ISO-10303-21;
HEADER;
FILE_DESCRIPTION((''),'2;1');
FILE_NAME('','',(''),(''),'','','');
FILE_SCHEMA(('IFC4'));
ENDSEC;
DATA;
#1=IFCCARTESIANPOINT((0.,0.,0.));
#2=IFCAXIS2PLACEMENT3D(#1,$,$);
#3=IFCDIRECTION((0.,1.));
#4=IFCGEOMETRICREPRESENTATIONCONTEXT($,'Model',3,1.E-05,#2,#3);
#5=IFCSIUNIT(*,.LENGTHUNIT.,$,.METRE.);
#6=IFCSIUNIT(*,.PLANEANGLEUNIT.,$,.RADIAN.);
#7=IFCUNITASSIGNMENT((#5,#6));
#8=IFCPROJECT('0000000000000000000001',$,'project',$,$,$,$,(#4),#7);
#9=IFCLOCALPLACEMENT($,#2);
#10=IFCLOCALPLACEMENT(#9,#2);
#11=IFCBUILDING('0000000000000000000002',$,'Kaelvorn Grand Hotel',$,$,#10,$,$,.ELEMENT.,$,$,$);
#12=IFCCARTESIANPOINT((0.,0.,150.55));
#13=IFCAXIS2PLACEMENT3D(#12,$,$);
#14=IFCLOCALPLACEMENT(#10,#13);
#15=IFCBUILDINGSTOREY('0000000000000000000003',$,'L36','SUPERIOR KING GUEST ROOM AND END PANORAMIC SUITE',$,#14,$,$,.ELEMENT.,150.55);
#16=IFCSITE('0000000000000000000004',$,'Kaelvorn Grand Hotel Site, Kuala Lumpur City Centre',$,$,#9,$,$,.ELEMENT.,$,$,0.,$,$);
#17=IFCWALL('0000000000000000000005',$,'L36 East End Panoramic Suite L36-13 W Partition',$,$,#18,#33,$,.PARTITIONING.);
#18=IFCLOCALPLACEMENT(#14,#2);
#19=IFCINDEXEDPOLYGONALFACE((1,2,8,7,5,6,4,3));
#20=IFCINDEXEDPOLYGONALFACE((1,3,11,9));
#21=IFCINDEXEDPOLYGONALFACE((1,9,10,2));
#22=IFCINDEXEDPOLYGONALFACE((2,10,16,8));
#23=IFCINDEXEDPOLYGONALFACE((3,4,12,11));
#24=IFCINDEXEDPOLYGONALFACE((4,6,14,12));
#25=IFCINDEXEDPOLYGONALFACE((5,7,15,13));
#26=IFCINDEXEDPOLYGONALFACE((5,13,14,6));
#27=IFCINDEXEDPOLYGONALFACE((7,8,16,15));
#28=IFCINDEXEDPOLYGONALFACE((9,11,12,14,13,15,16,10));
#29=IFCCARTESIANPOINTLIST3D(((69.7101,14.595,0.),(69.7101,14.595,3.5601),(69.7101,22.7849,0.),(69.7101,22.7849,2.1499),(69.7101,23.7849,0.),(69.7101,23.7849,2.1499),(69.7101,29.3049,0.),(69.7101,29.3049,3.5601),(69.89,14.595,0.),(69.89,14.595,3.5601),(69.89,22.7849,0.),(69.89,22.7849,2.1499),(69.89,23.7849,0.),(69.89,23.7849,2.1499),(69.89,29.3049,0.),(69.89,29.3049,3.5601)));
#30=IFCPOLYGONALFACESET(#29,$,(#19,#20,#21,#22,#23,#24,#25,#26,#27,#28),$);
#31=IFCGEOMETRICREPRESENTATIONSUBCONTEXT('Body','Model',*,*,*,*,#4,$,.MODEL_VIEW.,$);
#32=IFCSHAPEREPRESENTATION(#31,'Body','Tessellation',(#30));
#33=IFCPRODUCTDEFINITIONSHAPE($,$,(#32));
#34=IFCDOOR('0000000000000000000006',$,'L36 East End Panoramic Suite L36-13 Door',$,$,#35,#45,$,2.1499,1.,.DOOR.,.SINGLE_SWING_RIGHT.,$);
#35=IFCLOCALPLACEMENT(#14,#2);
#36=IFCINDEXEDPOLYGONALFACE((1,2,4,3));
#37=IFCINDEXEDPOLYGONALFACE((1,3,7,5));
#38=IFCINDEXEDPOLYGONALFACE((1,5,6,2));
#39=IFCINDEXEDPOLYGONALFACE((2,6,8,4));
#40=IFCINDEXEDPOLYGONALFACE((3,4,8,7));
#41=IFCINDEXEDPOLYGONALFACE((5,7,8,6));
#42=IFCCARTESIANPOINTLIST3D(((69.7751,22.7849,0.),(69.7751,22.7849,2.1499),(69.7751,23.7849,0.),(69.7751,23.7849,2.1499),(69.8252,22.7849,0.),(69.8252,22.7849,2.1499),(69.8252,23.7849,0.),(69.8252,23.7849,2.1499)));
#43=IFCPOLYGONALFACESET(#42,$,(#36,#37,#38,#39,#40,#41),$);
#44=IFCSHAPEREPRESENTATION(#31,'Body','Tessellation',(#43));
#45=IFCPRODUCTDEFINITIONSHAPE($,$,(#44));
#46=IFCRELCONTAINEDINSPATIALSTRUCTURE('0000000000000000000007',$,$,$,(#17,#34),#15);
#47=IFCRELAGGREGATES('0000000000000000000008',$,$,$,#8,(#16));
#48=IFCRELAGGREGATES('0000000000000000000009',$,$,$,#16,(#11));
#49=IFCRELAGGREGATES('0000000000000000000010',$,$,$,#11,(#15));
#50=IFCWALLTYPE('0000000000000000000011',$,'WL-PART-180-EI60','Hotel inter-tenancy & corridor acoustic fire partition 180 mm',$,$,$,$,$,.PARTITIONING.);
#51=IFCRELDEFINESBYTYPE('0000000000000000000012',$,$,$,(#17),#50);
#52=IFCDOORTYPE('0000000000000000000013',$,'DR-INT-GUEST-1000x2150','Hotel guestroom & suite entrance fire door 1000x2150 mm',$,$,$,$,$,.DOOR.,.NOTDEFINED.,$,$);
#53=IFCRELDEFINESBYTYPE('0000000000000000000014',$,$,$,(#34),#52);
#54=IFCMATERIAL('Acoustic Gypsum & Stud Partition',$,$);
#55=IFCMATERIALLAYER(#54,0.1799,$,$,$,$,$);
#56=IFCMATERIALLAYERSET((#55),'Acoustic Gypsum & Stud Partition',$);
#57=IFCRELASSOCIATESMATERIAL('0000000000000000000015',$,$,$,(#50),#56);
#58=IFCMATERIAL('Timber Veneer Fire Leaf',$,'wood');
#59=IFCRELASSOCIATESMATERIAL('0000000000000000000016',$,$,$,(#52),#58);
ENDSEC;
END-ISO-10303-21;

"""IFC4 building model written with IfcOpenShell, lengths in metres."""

from ifc_helpers import new_model, si_unit, direction, frame, frame_2d, origin, place, context, subcontext, project, spatial, rectangle, extrude, material, layer, layer_set, type_object, element, fill, save


model = new_model("IFC4")

# Units and contexts
model_context = context("Model", 3, precision=1e-05, world=origin(), true_north=direction((0.0, 1.0)))
body_context = subcontext(model_context, "Body", "Model", "MODEL_VIEW")
ifc_project = project(units=[si_unit("LENGTHUNIT", "METRE"), si_unit("PLANEANGLEUNIT", "RADIAN")], contexts=[model_context])

# Site, building, storey
site_placement = place(None, origin())
site = spatial("IfcSite", under=ifc_project, at=site_placement, Name="Kaelvorn Grand Hotel Site, Kuala Lumpur City Centre", CompositionType="ELEMENT", RefElevation=0.0)
building_placement = place(site_placement, origin())
building = spatial("IfcBuilding", under=site, at=building_placement, Name="Kaelvorn Grand Hotel", CompositionType="ELEMENT")
storey_placement = place(building_placement, frame((0.0, 0.0, 150.55)))
storey = spatial("IfcBuildingStorey", under=building, at=storey_placement, Name="L36", Description="SUPERIOR KING GUEST ROOM AND END PANORAMIC SUITE", CompositionType="ELEMENT", Elevation=150.55)

# Shared definitions
ifc_material_1 = material(Name="Acoustic Gypsum & Stud Partition")
ifc_layer_1 = layer(ifc_material_1, 0.1799)
ifc_layer_set_1 = layer_set([ifc_layer_1], Name="Acoustic Gypsum & Stud Partition")
wall_type_1 = type_object("IfcWallType", Name="WL-PART-180-EI60", Description="Hotel inter-tenancy & corridor acoustic fire partition 180 mm", PredefinedType="PARTITIONING", material=ifc_layer_set_1)

# Wall, opening, door
wall_1_placement = place(storey_placement, frame((69.8, 14.595, 0.0), z_axis=(0.0, 0.0, 1.0), x_axis=(0.0, 1.0, 0.0)))
wall_1 = element("IfcWall", 1, at=wall_1_placement, inside=storey, type_object=wall_type_1, Name="L36 East End Panoramic Suite L36-13 W Partition", PredefinedType="PARTITIONING", context=body_context, shape_type="SweptSolid", body=[
    extrude(rectangle(XDim=14.71, YDim=0.1799, at=frame_2d((7.355, 0.0))), origin(), (0.0, 0.0, 1.0), 3.5601),
])
opening_1_placement = place(wall_1_placement, frame((8.1899, 0.0, 0.0)))
opening_1 = element("IfcOpeningElement", 2, at=opening_1_placement, cuts=wall_1, PredefinedType="OPENING", context=body_context, shape_type="SweptSolid", body=[
    extrude(rectangle(XDim=1.0, YDim=2.1499, at=frame_2d((0.5, 1.075))), frame((0.0, 0.1001, 0.0), z_axis=(0.0, -1.0, 0.0), x_axis=(1.0, 0.0, 0.0)), (0.0, 0.0, 1.0), 0.2),
])
ifc_material_2 = material(Name="Timber Veneer Fire Leaf", Category="wood")
door_type_1 = type_object("IfcDoorType", Name="DR-INT-GUEST-1000x2150", Description="Hotel guestroom & suite entrance fire door 1000x2150 mm", OperationType="NOTDEFINED", PredefinedType="DOOR", material=ifc_material_2)
door_1_placement = place(opening_1_placement, origin())
door_1 = element("IfcDoor", 3, at=door_1_placement, inside=storey, type_object=door_type_1, Name="L36 East End Panoramic Suite L36-13 Door", OperationType="SINGLE_SWING_RIGHT", OverallHeight=2.1499, OverallWidth=1.0, PredefinedType="DOOR", context=body_context, shape_type="SweptSolid", body=[
    extrude(rectangle(XDim=1.0, YDim=2.1499, at=frame_2d((0.5, 1.075))), frame((0.0, 0.0249, 0.0), z_axis=(0.0, -1.0, 0.0), x_axis=(1.0, 0.0, 0.0)), (0.0, 0.0, 1.0), 0.05),
])
fill(opening_1, door_1)

save(model, "model.ifc")
